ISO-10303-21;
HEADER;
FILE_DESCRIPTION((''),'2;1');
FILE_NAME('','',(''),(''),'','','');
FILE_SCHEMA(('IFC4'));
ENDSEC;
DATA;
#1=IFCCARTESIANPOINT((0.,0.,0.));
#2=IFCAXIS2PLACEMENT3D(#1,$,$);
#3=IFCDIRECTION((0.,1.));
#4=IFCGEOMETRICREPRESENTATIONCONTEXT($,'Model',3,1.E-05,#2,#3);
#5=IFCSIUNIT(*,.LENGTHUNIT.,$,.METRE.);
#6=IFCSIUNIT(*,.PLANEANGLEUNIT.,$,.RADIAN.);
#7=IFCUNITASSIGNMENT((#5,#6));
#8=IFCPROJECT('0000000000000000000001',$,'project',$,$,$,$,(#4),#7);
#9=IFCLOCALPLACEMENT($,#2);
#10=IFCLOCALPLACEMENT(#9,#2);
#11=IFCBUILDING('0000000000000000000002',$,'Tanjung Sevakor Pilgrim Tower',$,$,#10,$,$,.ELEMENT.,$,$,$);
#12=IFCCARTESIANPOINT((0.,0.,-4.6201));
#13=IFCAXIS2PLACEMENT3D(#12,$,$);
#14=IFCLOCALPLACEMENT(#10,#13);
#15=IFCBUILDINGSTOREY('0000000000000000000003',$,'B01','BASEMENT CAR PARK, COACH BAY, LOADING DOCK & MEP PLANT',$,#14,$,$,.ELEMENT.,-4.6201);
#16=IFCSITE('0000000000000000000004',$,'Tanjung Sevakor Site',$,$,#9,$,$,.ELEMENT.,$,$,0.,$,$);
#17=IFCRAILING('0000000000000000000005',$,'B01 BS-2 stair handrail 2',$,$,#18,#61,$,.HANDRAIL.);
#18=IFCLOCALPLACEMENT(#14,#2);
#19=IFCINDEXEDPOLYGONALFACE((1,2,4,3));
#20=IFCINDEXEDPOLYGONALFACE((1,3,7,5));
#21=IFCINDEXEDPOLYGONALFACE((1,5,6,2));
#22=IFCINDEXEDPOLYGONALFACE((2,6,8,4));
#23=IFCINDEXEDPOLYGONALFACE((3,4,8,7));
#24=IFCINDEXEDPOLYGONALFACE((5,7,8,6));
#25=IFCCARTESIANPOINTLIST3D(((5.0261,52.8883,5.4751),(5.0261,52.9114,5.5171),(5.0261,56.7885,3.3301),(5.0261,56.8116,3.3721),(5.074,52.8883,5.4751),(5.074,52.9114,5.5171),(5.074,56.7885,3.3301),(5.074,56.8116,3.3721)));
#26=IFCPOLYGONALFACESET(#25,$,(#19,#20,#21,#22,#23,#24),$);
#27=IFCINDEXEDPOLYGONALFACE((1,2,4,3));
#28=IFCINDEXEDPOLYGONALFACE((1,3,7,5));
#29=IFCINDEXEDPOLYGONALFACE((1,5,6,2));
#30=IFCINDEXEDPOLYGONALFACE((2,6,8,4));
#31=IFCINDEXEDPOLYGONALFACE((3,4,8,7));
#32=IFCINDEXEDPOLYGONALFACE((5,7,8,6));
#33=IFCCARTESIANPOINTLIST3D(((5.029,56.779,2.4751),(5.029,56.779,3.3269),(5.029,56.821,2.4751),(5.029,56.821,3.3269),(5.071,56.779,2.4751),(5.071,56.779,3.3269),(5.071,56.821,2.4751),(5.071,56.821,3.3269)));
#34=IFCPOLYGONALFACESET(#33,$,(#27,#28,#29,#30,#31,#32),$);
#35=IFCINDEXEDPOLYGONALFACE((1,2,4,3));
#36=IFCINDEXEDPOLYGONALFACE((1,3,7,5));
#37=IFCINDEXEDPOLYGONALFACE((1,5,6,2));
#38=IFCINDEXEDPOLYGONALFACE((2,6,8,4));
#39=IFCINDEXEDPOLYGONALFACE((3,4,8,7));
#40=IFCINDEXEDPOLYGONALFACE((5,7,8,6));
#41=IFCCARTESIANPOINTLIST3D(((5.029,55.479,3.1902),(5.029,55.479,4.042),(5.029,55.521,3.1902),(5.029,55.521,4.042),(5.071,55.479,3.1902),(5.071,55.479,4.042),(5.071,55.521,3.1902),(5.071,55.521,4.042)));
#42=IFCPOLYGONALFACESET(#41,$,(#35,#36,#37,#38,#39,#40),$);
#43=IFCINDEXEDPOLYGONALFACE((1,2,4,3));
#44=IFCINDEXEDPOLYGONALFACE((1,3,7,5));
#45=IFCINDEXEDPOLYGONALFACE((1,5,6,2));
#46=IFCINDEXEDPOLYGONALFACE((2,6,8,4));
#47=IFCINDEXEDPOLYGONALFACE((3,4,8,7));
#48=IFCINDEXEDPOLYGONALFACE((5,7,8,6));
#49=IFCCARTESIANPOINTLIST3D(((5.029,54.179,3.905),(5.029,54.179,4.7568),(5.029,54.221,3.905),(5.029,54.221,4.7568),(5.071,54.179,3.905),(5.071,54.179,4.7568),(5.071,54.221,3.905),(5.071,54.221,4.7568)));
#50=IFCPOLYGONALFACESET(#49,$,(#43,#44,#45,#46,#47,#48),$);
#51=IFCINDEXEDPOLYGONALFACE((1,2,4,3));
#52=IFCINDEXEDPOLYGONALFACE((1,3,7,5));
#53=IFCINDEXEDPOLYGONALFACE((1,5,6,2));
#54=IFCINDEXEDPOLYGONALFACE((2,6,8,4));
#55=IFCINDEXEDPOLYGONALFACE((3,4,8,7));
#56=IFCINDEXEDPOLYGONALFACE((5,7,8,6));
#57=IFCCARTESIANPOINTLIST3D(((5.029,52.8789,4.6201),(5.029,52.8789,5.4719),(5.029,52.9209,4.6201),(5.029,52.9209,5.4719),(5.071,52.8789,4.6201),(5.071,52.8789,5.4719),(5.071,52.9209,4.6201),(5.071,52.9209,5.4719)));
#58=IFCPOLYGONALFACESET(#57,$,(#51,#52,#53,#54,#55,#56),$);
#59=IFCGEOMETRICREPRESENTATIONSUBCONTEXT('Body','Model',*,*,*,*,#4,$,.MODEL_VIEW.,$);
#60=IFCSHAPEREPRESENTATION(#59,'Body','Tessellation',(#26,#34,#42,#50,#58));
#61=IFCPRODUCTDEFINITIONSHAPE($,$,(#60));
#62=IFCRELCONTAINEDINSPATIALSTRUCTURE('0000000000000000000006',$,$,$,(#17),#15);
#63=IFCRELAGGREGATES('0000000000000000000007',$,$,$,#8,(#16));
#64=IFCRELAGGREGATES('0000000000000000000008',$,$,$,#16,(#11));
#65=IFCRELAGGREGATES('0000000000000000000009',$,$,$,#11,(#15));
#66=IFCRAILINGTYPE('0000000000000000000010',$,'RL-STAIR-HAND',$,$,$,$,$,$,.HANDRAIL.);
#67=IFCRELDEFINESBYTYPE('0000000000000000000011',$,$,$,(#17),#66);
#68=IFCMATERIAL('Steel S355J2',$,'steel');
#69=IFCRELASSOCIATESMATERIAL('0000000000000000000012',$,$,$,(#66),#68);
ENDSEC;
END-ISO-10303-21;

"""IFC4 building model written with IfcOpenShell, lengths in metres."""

from ifc_helpers import new_model, si_unit, direction, frame, origin, place, context, subcontext, project, spatial, rectangle, extrude, material, type_object, element, save


model = new_model("IFC4")

# Units and contexts
model_context = context("Model", 3, precision=1e-05, world=origin(), true_north=direction((0.0, 1.0)))
body_context = subcontext(model_context, "Body", "Model", "MODEL_VIEW")
ifc_project = project(units=[si_unit("LENGTHUNIT", "METRE"), si_unit("PLANEANGLEUNIT", "RADIAN")], contexts=[model_context])

# Site, building, storey
site_placement = place(None, origin())
site = spatial("IfcSite", under=ifc_project, at=site_placement, Name="Tanjung Sevakor Site", CompositionType="ELEMENT", RefElevation=0.0)
building_placement = place(site_placement, origin())
building = spatial("IfcBuilding", under=site, at=building_placement, Name="Tanjung Sevakor Pilgrim Tower", CompositionType="ELEMENT")
storey_placement = place(building_placement, frame((0.0, 0.0, -4.6201)))
storey = spatial("IfcBuildingStorey", under=building, at=storey_placement, Name="B01", Description="BASEMENT CAR PARK, COACH BAY, LOADING DOCK & MEP PLANT", CompositionType="ELEMENT", Elevation=-4.6201)

# Railing
ifc_material_1 = material(Name="Steel S355J2", Category="steel")
railing_type_1 = type_object("IfcRailingType", Name="RL-STAIR-HAND", PredefinedType="HANDRAIL", material=ifc_material_1)
railing_1_placement = place(storey_placement, frame((5.05, 56.8, 2.4751)))
element("IfcRailing", 1, at=railing_1_placement, inside=storey, type_object=railing_type_1, Name="B01 BS-2 stair handrail 2", PredefinedType="HANDRAIL", context=body_context, shape_type="SweptSolid", body=[
    extrude(rectangle(XDim=0.0479, YDim=0.0479), frame((0.0, 0.0, 0.876), z_axis=(0.0, -0.876222, 0.481908), x_axis=(1.0, 0.0, 0.0)), (0.0, 0.0, 1.0), 4.4512),
    extrude(rectangle(XDim=0.042, YDim=0.042), origin(), (0.0, 0.0, 1.0), 0.8518),
    extrude(rectangle(XDim=0.042, YDim=0.042), frame((0.0, -1.3, 0.7151)), (0.0, 0.0, 1.0), 0.8518),
    extrude(rectangle(XDim=0.042, YDim=0.042), frame((0.0, -2.6001, 1.4299)), (0.0, 0.0, 1.0), 0.8518),
    extrude(rectangle(XDim=0.042, YDim=0.042), frame((0.0, -3.9001, 2.145)), (0.0, 0.0, 1.0), 0.8518),
])

save(model, "model.ifc")
